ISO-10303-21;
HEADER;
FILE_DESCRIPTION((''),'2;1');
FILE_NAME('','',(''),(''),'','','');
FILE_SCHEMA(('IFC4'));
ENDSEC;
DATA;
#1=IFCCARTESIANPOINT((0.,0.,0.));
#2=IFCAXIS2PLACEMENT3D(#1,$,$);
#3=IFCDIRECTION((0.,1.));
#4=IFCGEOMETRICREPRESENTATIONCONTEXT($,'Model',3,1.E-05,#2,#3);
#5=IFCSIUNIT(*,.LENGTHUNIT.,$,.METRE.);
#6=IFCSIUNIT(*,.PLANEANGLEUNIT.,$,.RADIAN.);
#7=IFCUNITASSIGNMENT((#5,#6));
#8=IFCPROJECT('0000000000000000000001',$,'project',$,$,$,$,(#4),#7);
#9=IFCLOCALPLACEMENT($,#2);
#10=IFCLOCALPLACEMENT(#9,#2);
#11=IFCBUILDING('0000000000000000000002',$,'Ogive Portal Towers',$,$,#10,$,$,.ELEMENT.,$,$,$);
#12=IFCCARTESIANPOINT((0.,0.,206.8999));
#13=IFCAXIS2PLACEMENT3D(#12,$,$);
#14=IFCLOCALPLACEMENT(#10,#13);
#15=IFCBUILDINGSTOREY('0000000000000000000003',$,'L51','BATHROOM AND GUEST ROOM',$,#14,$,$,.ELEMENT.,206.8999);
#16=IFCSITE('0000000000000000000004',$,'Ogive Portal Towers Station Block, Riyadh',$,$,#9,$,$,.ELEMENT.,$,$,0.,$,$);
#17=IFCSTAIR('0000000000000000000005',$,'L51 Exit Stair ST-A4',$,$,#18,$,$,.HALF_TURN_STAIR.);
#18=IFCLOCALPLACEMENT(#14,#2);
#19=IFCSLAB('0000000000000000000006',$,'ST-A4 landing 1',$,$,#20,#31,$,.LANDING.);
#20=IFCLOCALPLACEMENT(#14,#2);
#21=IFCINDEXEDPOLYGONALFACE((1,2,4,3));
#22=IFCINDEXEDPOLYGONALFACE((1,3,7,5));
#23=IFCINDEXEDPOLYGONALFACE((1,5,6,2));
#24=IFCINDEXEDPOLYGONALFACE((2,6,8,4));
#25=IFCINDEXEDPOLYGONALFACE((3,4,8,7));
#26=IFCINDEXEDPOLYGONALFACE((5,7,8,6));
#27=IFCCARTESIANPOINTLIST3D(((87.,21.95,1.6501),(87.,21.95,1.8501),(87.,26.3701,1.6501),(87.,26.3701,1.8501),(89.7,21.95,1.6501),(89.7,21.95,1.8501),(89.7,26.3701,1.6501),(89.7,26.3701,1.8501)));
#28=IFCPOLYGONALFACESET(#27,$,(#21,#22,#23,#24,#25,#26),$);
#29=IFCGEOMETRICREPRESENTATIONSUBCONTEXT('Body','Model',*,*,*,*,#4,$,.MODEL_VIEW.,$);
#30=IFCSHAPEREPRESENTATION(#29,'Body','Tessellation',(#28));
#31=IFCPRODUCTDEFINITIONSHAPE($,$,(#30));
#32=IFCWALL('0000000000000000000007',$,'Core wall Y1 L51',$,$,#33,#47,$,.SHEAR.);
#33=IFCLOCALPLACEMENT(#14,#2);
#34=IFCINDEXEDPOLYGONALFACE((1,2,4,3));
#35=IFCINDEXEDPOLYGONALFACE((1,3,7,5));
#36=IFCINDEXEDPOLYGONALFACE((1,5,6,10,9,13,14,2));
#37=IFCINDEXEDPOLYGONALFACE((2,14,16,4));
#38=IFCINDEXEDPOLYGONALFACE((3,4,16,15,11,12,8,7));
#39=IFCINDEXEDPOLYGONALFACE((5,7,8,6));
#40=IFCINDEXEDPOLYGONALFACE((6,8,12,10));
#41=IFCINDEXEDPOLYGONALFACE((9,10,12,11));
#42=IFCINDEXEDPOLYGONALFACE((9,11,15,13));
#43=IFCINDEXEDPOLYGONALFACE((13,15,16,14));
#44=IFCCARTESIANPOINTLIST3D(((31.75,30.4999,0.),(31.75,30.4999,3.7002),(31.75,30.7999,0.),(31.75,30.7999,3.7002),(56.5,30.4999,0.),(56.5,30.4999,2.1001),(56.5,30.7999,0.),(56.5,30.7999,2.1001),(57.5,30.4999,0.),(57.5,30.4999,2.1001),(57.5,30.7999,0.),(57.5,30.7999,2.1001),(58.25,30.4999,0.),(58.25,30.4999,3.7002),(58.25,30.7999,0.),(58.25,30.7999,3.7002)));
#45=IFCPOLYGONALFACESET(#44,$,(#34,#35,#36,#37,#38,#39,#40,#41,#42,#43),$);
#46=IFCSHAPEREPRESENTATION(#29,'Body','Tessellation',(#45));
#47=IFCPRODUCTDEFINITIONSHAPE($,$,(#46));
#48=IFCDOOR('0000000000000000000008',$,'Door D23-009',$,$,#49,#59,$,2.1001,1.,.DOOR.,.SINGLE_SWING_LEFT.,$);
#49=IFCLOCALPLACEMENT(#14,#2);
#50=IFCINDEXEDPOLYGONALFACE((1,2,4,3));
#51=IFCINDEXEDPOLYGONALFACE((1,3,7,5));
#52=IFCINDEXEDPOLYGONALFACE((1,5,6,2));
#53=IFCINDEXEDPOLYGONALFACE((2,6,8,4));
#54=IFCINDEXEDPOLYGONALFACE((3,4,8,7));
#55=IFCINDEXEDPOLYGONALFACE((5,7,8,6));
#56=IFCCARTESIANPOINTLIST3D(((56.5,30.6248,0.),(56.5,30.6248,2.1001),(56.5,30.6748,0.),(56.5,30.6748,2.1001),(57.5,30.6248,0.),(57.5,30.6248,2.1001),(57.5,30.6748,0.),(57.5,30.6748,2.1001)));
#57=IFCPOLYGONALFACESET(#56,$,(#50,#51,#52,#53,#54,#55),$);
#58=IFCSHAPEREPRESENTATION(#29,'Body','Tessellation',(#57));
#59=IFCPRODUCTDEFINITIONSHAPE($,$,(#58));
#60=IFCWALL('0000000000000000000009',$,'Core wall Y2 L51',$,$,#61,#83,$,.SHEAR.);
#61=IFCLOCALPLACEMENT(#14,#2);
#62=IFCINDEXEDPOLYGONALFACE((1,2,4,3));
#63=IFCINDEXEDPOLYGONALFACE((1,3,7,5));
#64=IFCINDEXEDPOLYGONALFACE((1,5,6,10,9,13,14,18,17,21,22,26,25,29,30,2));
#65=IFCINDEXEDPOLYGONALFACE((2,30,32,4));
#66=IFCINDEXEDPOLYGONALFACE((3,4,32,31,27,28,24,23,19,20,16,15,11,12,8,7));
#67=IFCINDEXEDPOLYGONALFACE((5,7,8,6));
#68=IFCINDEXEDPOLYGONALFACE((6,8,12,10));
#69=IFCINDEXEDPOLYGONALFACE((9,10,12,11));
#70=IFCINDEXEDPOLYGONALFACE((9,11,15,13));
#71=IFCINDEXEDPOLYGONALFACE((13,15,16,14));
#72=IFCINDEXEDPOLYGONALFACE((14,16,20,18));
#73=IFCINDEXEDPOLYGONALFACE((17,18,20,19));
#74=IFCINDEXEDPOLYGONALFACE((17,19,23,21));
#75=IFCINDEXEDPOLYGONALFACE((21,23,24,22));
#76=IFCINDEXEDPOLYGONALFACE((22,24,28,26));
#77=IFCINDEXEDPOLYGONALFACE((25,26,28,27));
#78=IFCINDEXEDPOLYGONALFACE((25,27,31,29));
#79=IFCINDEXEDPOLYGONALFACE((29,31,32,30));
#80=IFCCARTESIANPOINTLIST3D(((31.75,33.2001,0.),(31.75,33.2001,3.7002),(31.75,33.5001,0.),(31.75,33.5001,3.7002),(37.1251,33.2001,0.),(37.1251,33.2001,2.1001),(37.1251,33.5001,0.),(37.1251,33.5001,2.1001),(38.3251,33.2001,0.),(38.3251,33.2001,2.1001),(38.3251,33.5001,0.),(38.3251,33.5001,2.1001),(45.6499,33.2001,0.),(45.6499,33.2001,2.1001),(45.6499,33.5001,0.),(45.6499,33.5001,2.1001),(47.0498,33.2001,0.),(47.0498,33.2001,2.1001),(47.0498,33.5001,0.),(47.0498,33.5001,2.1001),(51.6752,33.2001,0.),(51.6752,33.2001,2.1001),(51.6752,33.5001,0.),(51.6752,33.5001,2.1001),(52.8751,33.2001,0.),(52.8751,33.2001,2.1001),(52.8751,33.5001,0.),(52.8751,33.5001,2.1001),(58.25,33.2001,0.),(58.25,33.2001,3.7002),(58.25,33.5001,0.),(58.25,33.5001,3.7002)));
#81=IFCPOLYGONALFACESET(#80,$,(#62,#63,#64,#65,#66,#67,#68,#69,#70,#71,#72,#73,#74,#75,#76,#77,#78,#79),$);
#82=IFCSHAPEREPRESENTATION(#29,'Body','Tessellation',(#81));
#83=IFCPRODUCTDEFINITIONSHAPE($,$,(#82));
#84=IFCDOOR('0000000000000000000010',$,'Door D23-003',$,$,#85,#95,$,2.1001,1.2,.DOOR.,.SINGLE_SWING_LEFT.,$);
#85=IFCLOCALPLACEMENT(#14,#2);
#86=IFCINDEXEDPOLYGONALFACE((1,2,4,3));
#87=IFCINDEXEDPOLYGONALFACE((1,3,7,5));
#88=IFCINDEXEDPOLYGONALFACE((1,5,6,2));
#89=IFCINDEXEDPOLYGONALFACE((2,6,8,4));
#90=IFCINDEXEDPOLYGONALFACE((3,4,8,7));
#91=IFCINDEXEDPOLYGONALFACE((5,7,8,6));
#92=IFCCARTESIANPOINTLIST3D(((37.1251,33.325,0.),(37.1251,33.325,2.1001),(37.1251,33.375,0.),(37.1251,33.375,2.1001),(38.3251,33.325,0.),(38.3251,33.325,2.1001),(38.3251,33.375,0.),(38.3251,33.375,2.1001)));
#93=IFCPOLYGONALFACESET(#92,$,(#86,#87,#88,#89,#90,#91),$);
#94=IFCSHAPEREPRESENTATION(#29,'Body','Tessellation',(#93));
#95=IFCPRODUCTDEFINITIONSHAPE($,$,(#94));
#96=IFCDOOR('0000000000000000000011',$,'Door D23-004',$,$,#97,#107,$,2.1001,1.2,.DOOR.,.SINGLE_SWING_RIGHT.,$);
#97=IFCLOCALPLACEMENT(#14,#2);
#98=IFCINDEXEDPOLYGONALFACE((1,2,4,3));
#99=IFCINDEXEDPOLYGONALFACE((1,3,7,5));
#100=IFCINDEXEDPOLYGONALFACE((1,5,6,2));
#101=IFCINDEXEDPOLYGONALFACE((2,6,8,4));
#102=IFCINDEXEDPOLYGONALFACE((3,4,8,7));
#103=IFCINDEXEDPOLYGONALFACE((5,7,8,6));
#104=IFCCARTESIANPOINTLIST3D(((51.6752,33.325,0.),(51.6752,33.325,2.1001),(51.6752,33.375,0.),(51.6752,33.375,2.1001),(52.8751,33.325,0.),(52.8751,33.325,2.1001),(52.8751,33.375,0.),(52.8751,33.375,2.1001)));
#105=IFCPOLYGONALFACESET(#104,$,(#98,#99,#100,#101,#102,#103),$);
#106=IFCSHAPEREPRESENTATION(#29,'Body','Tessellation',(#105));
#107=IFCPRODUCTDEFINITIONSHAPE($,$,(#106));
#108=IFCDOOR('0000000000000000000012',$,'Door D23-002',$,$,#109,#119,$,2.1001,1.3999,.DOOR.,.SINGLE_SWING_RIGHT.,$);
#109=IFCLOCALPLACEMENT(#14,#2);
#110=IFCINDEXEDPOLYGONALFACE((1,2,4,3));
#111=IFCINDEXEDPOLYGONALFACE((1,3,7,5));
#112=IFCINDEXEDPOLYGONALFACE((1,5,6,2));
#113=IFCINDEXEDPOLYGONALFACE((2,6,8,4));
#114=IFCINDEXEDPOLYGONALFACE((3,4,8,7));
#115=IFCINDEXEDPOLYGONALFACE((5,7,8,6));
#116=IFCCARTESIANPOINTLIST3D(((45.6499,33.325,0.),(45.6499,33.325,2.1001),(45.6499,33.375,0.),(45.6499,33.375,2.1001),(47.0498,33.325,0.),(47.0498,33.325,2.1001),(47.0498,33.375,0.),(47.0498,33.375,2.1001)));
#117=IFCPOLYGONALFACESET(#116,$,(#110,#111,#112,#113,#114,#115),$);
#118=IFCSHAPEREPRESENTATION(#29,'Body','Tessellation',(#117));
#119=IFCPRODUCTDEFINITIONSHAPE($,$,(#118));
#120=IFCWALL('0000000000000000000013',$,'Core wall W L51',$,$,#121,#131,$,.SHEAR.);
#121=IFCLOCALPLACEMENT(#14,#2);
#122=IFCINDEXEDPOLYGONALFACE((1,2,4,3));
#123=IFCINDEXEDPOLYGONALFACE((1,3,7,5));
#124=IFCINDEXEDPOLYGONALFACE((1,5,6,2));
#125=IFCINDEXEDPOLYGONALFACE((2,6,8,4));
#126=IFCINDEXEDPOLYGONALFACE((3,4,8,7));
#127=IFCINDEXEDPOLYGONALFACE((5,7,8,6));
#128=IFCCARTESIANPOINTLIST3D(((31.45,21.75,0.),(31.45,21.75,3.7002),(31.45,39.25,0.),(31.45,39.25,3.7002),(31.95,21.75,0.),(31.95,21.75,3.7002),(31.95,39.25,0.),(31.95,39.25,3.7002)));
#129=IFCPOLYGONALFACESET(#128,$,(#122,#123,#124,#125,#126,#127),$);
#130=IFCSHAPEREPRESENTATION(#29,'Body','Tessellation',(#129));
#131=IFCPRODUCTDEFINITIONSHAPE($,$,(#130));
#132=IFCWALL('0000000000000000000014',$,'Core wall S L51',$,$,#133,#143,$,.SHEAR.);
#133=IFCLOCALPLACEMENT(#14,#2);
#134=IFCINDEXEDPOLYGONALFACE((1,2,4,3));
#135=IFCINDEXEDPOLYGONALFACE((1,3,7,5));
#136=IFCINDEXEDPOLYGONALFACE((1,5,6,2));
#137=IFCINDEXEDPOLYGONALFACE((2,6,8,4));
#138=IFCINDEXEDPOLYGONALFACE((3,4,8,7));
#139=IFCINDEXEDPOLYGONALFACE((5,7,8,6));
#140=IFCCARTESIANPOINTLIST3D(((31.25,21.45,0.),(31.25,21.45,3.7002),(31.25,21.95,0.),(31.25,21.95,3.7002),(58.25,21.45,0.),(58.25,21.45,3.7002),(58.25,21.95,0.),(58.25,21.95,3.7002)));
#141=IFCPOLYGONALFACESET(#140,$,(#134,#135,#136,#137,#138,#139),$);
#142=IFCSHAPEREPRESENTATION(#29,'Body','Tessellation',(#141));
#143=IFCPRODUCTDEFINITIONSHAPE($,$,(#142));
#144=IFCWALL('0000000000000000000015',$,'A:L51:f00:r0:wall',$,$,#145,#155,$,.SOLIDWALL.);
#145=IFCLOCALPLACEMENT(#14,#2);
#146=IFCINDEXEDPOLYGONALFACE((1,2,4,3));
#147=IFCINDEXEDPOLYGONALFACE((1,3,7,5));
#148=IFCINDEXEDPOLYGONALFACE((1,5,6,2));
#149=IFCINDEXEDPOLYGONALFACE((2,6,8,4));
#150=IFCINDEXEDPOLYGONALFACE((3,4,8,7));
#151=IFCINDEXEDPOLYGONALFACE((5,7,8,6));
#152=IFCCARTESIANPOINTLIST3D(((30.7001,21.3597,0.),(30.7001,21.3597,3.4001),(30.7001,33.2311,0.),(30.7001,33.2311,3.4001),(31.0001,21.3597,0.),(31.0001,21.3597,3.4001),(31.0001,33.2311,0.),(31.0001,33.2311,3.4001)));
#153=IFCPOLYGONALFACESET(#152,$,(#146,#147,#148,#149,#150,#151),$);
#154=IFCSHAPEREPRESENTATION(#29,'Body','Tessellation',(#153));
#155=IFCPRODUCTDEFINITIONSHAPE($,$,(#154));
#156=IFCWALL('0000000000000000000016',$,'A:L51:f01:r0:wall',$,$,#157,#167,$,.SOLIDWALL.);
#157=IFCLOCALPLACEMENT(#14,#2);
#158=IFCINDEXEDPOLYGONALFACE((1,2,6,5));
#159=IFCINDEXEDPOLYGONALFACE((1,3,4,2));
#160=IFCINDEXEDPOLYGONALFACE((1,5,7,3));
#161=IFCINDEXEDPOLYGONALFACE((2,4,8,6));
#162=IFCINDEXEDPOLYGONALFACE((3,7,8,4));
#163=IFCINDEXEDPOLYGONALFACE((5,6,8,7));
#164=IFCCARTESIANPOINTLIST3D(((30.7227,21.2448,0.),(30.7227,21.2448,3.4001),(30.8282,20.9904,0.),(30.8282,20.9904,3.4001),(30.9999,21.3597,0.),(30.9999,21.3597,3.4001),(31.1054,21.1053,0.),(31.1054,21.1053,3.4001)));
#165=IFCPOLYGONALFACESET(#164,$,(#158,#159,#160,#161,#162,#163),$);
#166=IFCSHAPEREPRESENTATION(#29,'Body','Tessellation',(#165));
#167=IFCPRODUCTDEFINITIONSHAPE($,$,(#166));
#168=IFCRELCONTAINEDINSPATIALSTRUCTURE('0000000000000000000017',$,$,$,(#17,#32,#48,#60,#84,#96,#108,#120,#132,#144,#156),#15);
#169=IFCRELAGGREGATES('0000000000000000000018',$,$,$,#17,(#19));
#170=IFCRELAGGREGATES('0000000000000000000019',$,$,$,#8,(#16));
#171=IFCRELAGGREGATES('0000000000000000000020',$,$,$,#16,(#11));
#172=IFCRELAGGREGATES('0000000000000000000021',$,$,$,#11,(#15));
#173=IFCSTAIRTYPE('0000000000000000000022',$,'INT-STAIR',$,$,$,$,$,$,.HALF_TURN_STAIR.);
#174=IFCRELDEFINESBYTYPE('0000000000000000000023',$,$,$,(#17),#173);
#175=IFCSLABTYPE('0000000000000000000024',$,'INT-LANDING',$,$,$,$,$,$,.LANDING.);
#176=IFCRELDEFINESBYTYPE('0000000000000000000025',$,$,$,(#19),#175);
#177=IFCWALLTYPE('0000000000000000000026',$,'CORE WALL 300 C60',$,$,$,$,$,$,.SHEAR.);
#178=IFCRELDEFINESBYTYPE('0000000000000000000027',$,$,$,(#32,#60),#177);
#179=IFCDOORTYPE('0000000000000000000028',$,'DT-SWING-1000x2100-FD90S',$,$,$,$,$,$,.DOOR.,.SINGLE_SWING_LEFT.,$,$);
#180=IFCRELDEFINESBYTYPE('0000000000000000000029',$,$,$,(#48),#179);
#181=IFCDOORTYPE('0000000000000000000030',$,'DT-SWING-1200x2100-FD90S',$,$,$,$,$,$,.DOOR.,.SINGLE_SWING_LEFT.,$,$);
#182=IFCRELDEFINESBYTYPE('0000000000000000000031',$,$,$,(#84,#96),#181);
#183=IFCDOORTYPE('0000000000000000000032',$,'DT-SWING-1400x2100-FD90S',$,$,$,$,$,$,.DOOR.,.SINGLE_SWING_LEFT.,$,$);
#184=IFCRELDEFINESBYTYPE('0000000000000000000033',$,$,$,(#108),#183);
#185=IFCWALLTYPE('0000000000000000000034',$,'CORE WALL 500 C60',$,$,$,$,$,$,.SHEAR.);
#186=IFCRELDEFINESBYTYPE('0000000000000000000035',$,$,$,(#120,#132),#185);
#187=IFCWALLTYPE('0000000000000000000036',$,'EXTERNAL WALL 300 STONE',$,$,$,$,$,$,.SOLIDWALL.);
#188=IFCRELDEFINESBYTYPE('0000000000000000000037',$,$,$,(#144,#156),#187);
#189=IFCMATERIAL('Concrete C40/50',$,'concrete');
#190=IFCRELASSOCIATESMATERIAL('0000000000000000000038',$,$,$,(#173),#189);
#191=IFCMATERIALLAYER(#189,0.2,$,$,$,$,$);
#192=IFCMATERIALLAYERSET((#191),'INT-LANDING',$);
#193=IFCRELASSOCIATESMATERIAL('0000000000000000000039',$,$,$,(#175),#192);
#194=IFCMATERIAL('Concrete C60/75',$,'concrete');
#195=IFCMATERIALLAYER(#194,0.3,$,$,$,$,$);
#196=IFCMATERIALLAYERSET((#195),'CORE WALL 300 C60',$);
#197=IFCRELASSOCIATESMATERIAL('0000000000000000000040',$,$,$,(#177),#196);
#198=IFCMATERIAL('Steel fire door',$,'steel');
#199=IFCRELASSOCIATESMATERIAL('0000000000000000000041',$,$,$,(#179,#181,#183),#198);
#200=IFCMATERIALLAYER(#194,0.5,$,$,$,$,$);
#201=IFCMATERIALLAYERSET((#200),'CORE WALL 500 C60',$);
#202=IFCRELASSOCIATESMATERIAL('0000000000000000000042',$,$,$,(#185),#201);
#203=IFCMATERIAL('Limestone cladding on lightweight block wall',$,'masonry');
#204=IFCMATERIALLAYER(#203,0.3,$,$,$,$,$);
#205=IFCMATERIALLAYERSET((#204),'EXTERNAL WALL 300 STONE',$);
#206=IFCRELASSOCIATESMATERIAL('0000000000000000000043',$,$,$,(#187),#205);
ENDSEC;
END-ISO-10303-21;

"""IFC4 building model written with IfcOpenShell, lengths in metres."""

from ifc_helpers import new_model, si_unit, direction, frame, frame_2d, origin, place, context, subcontext, project, spatial, polyline, rectangle, outline, extrude, material, layer, layer_set, type_object, element, fill, aggregate, save


model = new_model("IFC4")

# Units and contexts
model_context = context("Model", 3, precision=1e-05, world=origin(), true_north=direction((0.0, 1.0)))
body_context = subcontext(model_context, "Body", "Model", "MODEL_VIEW")
ifc_project = project(units=[si_unit("LENGTHUNIT", "METRE"), si_unit("PLANEANGLEUNIT", "RADIAN")], contexts=[model_context])

# Site, building, storey
site_placement = place(None, origin())
site = spatial("IfcSite", under=ifc_project, at=site_placement, Name="Ogive Portal Towers Station Block, Riyadh", CompositionType="ELEMENT", RefElevation=0.0)
building_placement = place(site_placement, origin())
building = spatial("IfcBuilding", under=site, at=building_placement, Name="Ogive Portal Towers", CompositionType="ELEMENT")
storey_placement = place(building_placement, frame((0.0, 0.0, 206.8999)))
storey = spatial("IfcBuildingStorey", under=building, at=storey_placement, Name="L51", Description="BATHROOM AND GUEST ROOM", CompositionType="ELEMENT", Elevation=206.8999)

# Stair, slab
ifc_material_1 = material(Name="Concrete C40/50", Category="concrete")
stair_type = type_object("IfcStairType", Name="INT-STAIR", PredefinedType="HALF_TURN_STAIR", material=ifc_material_1)
stair_placement = place(storey_placement, origin())
stair = element("IfcStair", 1, at=stair_placement, inside=storey, type_object=stair_type, Name="L51 Exit Stair ST-A4", PredefinedType="HALF_TURN_STAIR")
ifc_layer_1 = layer(ifc_material_1, 0.2)
ifc_layer_set_1 = layer_set([ifc_layer_1], Name="INT-LANDING")
slab_type = type_object("IfcSlabType", Name="INT-LANDING", PredefinedType="LANDING", material=ifc_layer_set_1)
slab_placement = place(storey_placement, frame((0.0, 0.0, 1.6501)))
slab = element("IfcSlab", 2, at=slab_placement, type_object=slab_type, Name="ST-A4 landing 1", PredefinedType="LANDING", context=body_context, shape_type="SweptSolid", body=[
    extrude(outline(polyline([(87.0, 26.3701), (87.0, 21.95), (89.7, 21.95), (89.7, 26.3701), (87.0, 26.3701)])), origin(), (0.0, 0.0, 1.0), 0.2),
])
aggregate(stair, [slab])

# Wall, opening, door
ifc_material_2 = material(Name="Concrete C60/75", Category="concrete")
ifc_layer_2 = layer(ifc_material_2, 0.3)
ifc_layer_set_2 = layer_set([ifc_layer_2], Name="CORE WALL 300 C60")
wall_type_1 = type_object("IfcWallType", Name="CORE WALL 300 C60", PredefinedType="SHEAR", material=ifc_layer_set_2)
wall_1_placement = place(storey_placement, frame((31.75, 30.6499, 0.0), z_axis=(0.0, 0.0, 1.0), x_axis=(1.0, 0.0, 0.0)))
wall_1 = element("IfcWall", 3, at=wall_1_placement, inside=storey, type_object=wall_type_1, Name="Core wall Y1 L51", PredefinedType="SHEAR", context=body_context, shape_type="SweptSolid", body=[
    extrude(rectangle(XDim=26.5, YDim=0.3, at=frame_2d((13.25, 0.0))), origin(), (0.0, 0.0, 1.0), 3.7002),
])
opening_1_placement = place(wall_1_placement, frame((24.75, 0.0, 0.0)))
opening_1 = element("IfcOpeningElement", 4, at=opening_1_placement, cuts=wall_1, PredefinedType="OPENING", context=body_context, shape_type="SweptSolid", body=[
    extrude(rectangle(XDim=1.0, YDim=2.1001, at=frame_2d((0.5, 1.05))), frame((0.0, 0.1602, 0.0), z_axis=(0.0, -1.0, 0.0), x_axis=(1.0, 0.0, 0.0)), (0.0, 0.0, 1.0), 0.3201),
])
ifc_material_3 = material(Name="Steel fire door", Category="steel")
door_type_1 = type_object("IfcDoorType", Name="DT-SWING-1000x2100-FD90S", OperationType="SINGLE_SWING_LEFT", PredefinedType="DOOR", material=ifc_material_3)
door_1_placement = place(opening_1_placement, origin())
door_1 = element("IfcDoor", 5, at=door_1_placement, inside=storey, type_object=door_type_1, Name="Door D23-009", OperationType="SINGLE_SWING_LEFT", OverallHeight=2.1001, OverallWidth=1.0, PredefinedType="DOOR", context=body_context, shape_type="SweptSolid", body=[
    extrude(rectangle(XDim=1.0, YDim=2.1001, at=frame_2d((0.5, 1.05))), frame((0.0, 0.0249, 0.0), z_axis=(0.0, -1.0, 0.0), x_axis=(1.0, 0.0, 0.0)), (0.0, 0.0, 1.0), 0.05),
])
fill(opening_1, door_1)

# Wall, openings, doors
wall_2_placement = place(storey_placement, frame((31.75, 33.3501, 0.0), z_axis=(0.0, 0.0, 1.0), x_axis=(1.0, 0.0, 0.0)))
wall_2 = element("IfcWall", 6, at=wall_2_placement, inside=storey, type_object=wall_type_1, Name="Core wall Y2 L51", PredefinedType="SHEAR", context=body_context, shape_type="SweptSolid", body=[
    extrude(rectangle(XDim=26.5, YDim=0.3, at=frame_2d((13.25, 0.0))), origin(), (0.0, 0.0, 1.0), 3.7002),
])
opening_2_placement = place(wall_2_placement, frame((13.8999, 0.0, 0.0)))
opening_2 = element("IfcOpeningElement", 7, at=opening_2_placement, cuts=wall_2, PredefinedType="OPENING", context=body_context, shape_type="SweptSolid", body=[
    extrude(rectangle(XDim=1.3999, YDim=2.1001, at=frame_2d((0.7, 1.05))), frame((0.0, 0.1602, 0.0), z_axis=(0.0, -1.0, 0.0), x_axis=(1.0, 0.0, 0.0)), (0.0, 0.0, 1.0), 0.3201),
])
opening_3_placement = place(wall_2_placement, frame((5.375, 0.0, 0.0)))
opening_3 = element("IfcOpeningElement", 8, at=opening_3_placement, cuts=wall_2, PredefinedType="OPENING", context=body_context, shape_type="SweptSolid", body=[
    extrude(rectangle(XDim=1.2, YDim=2.1001, at=frame_2d((0.6001, 1.05))), frame((0.0, 0.1602, 0.0), z_axis=(0.0, -1.0, 0.0), x_axis=(1.0, 0.0, 0.0)), (0.0, 0.0, 1.0), 0.3201),
])
opening_4_placement = place(wall_2_placement, frame((19.925, 0.0, 0.0)))
opening_4 = element("IfcOpeningElement", 9, at=opening_4_placement, cuts=wall_2, PredefinedType="OPENING", context=body_context, shape_type="SweptSolid", body=[
    extrude(rectangle(XDim=1.2, YDim=2.1001, at=frame_2d((0.6001, 1.05))), frame((0.0, 0.1602, 0.0), z_axis=(0.0, -1.0, 0.0), x_axis=(1.0, 0.0, 0.0)), (0.0, 0.0, 1.0), 0.3201),
])
door_type_2 = type_object("IfcDoorType", Name="DT-SWING-1200x2100-FD90S", OperationType="SINGLE_SWING_LEFT", PredefinedType="DOOR", material=ifc_material_3)
door_2_placement = place(opening_3_placement, origin())
door_2 = element("IfcDoor", 10, at=door_2_placement, inside=storey, type_object=door_type_2, Name="Door D23-003", OperationType="SINGLE_SWING_LEFT", OverallHeight=2.1001, OverallWidth=1.2, PredefinedType="DOOR", context=body_context, shape_type="SweptSolid", body=[
    extrude(rectangle(XDim=1.2, YDim=2.1001, at=frame_2d((0.6001, 1.05))), frame((0.0, 0.0249, 0.0), z_axis=(0.0, -1.0, 0.0), x_axis=(1.0, 0.0, 0.0)), (0.0, 0.0, 1.0), 0.05),
])
fill(opening_3, door_2)
door_3_placement = place(opening_4_placement, origin())
door_3 = element("IfcDoor", 11, at=door_3_placement, inside=storey, type_object=door_type_2, Name="Door D23-004", OperationType="SINGLE_SWING_RIGHT", OverallHeight=2.1001, OverallWidth=1.2, PredefinedType="DOOR", context=body_context, shape_type="SweptSolid", body=[
    extrude(rectangle(XDim=1.2, YDim=2.1001, at=frame_2d((0.6001, 1.05))), frame((0.0, 0.0249, 0.0), z_axis=(0.0, -1.0, 0.0), x_axis=(1.0, 0.0, 0.0)), (0.0, 0.0, 1.0), 0.05),
])
fill(opening_4, door_3)
door_type_3 = type_object("IfcDoorType", Name="DT-SWING-1400x2100-FD90S", OperationType="SINGLE_SWING_LEFT", PredefinedType="DOOR", material=ifc_material_3)
door_4_placement = place(opening_2_placement, origin())
door_4 = element("IfcDoor", 12, at=door_4_placement, inside=storey, type_object=door_type_3, Name="Door D23-002", OperationType="SINGLE_SWING_RIGHT", OverallHeight=2.1001, OverallWidth=1.3999, PredefinedType="DOOR", context=body_context, shape_type="SweptSolid", body=[
    extrude(rectangle(XDim=1.3999, YDim=2.1001, at=frame_2d((0.7, 1.05))), frame((0.0, 0.0249, 0.0), z_axis=(0.0, -1.0, 0.0), x_axis=(1.0, 0.0, 0.0)), (0.0, 0.0, 1.0), 0.05),
])
fill(opening_2, door_4)

# Walls
ifc_layer_3 = layer(ifc_material_2, 0.5)
ifc_layer_set_3 = layer_set([ifc_layer_3], Name="CORE WALL 500 C60")
wall_type_2 = type_object("IfcWallType", Name="CORE WALL 500 C60", PredefinedType="SHEAR", material=ifc_layer_set_3)
wall_3_placement = place(storey_placement, frame((31.7, 21.75, 0.0), z_axis=(0.0, 0.0, 1.0), x_axis=(0.0, 1.0, 0.0)))
element("IfcWall", 13, at=wall_3_placement, inside=storey, type_object=wall_type_2, Name="Core wall W L51", PredefinedType="SHEAR", context=body_context, shape_type="SweptSolid", body=[
    extrude(rectangle(XDim=17.5, YDim=0.5, at=frame_2d((8.75, 0.0))), origin(), (0.0, 0.0, 1.0), 3.7002),
])
wall_4_placement = place(storey_placement, frame((31.25, 21.7, 0.0), z_axis=(0.0, 0.0, 1.0), x_axis=(1.0, 0.0, 0.0)))
element("IfcWall", 14, at=wall_4_placement, inside=storey, type_object=wall_type_2, Name="Core wall S L51", PredefinedType="SHEAR", context=body_context, shape_type="SweptSolid", body=[
    extrude(rectangle(XDim=27.0, YDim=0.5, at=frame_2d((13.5, 0.0))), origin(), (0.0, 0.0, 1.0), 3.7002),
])
ifc_material_4 = material(Name="Limestone cladding on lightweight block wall", Category="masonry")
ifc_layer_4 = layer(ifc_material_4, 0.3)
ifc_layer_set_4 = layer_set([ifc_layer_4], Name="EXTERNAL WALL 300 STONE")
wall_type_3 = type_object("IfcWallType", Name="EXTERNAL WALL 300 STONE", PredefinedType="SOLIDWALL", material=ifc_layer_set_4)
wall_5_placement = place(storey_placement, frame((30.8501, 33.231, 0.0), z_axis=(0.0, 0.0, 1.0), x_axis=(0.0, -1.0, 0.0)))
element("IfcWall", 15, at=wall_5_placement, inside=storey, type_object=wall_type_3, Name="A:L51:f00:r0:wall", PredefinedType="SOLIDWALL", context=body_context, shape_type="SweptSolid", body=[
    extrude(rectangle(XDim=11.8713, YDim=0.3, at=frame_2d((5.9355, 0.0))), origin(), (0.0, 0.0, 1.0), 3.4001),
])
for number, where, z_axis, x_axis, name in (
    (16, (30.8613, 21.3022, 0.0), (0.0, 0.0, 1.0), (0.382978, -0.923757, 0.0), "A:L51:f01:r0:wall"),
):
    element("IfcWall", number, at=place(storey_placement, frame(where, z_axis=z_axis, x_axis=x_axis)), inside=storey, type_object=wall_type_3, Name=name, PredefinedType="SOLIDWALL", context=body_context, shape_type="SweptSolid", body=[
        extrude(rectangle(XDim=0.2754, YDim=0.3, at=frame_2d((0.1377, 0.0))), origin(), (0.0, 0.0, 1.0), 3.4001),
    ])

save(model, "model.ifc")
